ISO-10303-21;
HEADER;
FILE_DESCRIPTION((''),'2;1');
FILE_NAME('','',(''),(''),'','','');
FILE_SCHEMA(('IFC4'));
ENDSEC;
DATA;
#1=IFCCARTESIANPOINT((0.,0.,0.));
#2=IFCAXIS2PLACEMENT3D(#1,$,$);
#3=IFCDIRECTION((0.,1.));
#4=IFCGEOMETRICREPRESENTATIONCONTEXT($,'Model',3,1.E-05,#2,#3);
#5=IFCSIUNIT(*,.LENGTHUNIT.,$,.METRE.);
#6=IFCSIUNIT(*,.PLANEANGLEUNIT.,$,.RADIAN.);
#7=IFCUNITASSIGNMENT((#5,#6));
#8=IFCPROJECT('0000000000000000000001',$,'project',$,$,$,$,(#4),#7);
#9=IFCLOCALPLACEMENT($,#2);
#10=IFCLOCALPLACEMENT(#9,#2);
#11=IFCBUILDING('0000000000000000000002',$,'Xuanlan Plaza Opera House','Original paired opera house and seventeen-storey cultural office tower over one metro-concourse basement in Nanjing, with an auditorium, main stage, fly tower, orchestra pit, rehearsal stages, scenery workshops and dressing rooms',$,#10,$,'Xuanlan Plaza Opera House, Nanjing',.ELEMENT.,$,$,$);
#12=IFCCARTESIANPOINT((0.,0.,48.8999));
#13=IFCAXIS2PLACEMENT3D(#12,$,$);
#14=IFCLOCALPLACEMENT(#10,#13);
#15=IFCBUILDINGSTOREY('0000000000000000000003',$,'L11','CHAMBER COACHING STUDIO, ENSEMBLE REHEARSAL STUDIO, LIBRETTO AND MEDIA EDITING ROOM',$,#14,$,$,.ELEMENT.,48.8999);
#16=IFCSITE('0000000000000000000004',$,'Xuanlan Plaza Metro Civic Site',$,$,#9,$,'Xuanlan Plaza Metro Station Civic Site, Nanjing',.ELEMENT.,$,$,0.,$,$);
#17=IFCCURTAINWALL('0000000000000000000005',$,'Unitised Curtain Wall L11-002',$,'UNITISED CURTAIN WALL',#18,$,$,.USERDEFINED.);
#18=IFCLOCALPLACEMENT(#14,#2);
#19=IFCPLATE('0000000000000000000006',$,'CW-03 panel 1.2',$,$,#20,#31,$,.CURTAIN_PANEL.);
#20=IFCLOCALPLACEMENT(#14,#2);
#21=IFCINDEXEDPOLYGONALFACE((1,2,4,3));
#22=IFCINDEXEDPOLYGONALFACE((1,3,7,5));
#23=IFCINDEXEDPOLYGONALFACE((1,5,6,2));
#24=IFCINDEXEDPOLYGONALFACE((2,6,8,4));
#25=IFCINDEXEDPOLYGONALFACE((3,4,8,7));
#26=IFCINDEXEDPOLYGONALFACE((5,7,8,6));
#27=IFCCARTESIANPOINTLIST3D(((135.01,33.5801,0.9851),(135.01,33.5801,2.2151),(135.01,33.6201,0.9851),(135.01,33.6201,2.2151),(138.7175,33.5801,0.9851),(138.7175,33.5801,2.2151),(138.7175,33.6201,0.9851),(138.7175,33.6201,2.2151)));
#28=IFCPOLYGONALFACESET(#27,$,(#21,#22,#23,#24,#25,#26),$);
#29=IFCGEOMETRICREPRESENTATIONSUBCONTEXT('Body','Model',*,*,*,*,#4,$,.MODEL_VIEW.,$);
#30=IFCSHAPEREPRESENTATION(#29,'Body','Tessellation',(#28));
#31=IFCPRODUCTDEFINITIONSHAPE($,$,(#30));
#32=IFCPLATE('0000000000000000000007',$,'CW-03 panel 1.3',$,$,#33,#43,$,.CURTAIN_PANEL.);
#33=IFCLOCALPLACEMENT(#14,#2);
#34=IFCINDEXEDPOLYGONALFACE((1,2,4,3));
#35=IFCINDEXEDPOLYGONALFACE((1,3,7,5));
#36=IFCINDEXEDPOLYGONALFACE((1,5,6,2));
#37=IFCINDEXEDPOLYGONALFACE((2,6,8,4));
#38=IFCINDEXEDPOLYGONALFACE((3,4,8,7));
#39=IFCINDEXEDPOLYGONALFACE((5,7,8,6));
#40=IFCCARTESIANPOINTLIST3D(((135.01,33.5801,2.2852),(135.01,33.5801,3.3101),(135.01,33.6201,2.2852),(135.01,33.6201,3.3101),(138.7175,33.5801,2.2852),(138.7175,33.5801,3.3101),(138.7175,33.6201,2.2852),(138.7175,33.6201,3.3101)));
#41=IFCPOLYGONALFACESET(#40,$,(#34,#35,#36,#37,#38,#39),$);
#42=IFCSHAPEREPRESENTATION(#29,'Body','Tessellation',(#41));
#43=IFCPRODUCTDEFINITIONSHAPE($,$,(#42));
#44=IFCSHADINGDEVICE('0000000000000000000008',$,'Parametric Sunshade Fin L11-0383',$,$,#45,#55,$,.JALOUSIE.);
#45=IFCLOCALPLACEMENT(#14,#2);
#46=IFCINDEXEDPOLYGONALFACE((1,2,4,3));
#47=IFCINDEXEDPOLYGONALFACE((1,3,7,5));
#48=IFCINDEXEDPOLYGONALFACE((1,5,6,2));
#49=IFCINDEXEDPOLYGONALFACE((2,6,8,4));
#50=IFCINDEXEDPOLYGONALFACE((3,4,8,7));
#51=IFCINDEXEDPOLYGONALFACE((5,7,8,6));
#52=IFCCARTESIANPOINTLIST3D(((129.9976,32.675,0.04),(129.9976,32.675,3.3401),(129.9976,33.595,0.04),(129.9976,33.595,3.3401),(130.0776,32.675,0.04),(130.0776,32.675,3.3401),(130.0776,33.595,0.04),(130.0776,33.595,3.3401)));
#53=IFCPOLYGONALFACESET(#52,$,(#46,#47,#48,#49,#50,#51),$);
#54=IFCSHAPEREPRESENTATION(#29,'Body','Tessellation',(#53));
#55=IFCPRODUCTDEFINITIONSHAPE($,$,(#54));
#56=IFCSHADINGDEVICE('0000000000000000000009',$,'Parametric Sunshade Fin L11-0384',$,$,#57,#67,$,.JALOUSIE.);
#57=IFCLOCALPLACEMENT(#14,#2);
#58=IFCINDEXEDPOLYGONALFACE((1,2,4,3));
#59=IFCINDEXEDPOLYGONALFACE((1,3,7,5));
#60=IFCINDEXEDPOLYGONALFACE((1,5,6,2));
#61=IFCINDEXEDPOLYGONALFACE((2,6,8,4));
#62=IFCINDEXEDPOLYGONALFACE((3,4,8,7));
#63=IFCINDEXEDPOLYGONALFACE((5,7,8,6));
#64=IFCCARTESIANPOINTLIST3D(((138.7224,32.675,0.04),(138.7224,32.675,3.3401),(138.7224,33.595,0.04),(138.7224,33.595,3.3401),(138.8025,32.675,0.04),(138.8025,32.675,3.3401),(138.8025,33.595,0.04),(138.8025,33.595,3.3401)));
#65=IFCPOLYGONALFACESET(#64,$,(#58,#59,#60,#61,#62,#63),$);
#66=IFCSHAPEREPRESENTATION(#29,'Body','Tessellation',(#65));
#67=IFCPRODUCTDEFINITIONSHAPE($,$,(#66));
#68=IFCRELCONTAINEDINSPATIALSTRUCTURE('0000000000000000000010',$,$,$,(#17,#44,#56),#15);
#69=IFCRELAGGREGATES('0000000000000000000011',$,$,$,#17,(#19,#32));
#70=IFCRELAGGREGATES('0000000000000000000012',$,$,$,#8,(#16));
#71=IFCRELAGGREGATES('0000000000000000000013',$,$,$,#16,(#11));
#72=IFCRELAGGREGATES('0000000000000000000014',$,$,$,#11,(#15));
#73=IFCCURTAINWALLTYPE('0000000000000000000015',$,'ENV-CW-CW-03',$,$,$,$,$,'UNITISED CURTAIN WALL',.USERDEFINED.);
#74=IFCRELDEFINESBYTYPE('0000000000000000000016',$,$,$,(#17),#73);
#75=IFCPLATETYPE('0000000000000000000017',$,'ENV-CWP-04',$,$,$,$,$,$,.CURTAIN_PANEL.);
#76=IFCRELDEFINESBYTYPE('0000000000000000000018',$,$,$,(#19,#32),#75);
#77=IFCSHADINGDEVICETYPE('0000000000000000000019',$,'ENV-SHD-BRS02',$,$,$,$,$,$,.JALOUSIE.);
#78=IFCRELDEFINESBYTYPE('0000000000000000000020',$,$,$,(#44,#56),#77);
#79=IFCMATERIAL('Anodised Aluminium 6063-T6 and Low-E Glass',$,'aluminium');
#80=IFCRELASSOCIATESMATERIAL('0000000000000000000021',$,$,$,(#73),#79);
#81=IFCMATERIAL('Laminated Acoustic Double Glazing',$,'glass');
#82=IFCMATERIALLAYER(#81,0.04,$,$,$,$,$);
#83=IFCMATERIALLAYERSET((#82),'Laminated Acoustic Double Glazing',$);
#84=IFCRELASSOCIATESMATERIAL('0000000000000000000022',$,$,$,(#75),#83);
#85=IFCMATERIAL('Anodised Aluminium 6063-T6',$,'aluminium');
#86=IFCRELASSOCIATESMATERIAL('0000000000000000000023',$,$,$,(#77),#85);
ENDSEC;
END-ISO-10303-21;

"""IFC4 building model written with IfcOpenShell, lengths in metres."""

from ifc_helpers import new_model, si_unit, direction, frame, origin, origin_2d, place, context, subcontext, project, spatial, rectangle, extrude, material, layer, layer_set, type_object, element, aggregate, save


model = new_model("IFC4")

# Units and contexts
model_context = context("Model", 3, precision=1e-05, world=origin(), true_north=direction((0.0, 1.0)))
body_context = subcontext(model_context, "Body", "Model", "MODEL_VIEW")
ifc_project = project(units=[si_unit("LENGTHUNIT", "METRE"), si_unit("PLANEANGLEUNIT", "RADIAN")], contexts=[model_context])

# Site, building, storey
site_placement = place(None, origin())
site = spatial("IfcSite", under=ifc_project, at=site_placement, Name="Xuanlan Plaza Metro Civic Site", LongName="Xuanlan Plaza Metro Station Civic Site, Nanjing", CompositionType="ELEMENT", RefElevation=0.0)
building_placement = place(site_placement, origin())
building = spatial("IfcBuilding", under=site, at=building_placement, Name="Xuanlan Plaza Opera House", Description="Original paired opera house and seventeen-storey cultural office tower over one metro-concourse basement in Nanjing, with an auditorium, main stage, fly tower, orchestra pit, rehearsal stages, scenery workshops and dressing rooms", LongName="Xuanlan Plaza Opera House, Nanjing", CompositionType="ELEMENT")
storey_placement = place(building_placement, frame((0.0, 0.0, 48.8999)))
storey = spatial("IfcBuildingStorey", under=building, at=storey_placement, Name="L11", Description="CHAMBER COACHING STUDIO, ENSEMBLE REHEARSAL STUDIO, LIBRETTO AND MEDIA EDITING ROOM", CompositionType="ELEMENT", Elevation=48.8999)

# Curtain wall
ifc_material_1 = material(Name="Anodised Aluminium 6063-T6 and Low-E Glass", Category="aluminium")
ifc_material_2 = material(Name="Anodised Aluminium 6063-T6", Category="aluminium")
curtain_wall_type_1 = type_object("IfcCurtainWallType", Name="ENV-CW-CW-03", ElementType="UNITISED CURTAIN WALL", PredefinedType="USERDEFINED", material=ifc_material_1)
curtain_wall_1_placement = place(storey_placement, origin())
curtain_wall_1 = element("IfcCurtainWall", 1, at=curtain_wall_1_placement, inside=storey, type_object=curtain_wall_type_1, Name="Unitised Curtain Wall L11-002", ObjectType="UNITISED CURTAIN WALL", PredefinedType="USERDEFINED")

# Plates
ifc_material_3 = material(Name="Laminated Acoustic Double Glazing", Category="glass")
ifc_layer_1 = layer(ifc_material_3, 0.04)
ifc_layer_set_1 = layer_set([ifc_layer_1], Name="Laminated Acoustic Double Glazing")
plate_type_1 = type_object("IfcPlateType", Name="ENV-CWP-04", PredefinedType="CURTAIN_PANEL", material=ifc_layer_set_1)
plate_1_placement = place(storey_placement, frame((136.8638, 33.6001, 0.9851), z_axis=(0.0, 0.0, 1.0), x_axis=(1.0, 0.0, 0.0)))
plate_1 = element("IfcPlate", 2, at=plate_1_placement, type_object=plate_type_1, Name="CW-03 panel 1.2", PredefinedType="CURTAIN_PANEL", context=body_context, shape_type="SweptSolid", body=[
    extrude(rectangle(XDim=3.7075, YDim=0.04, at=origin_2d()), origin(), (0.0, 0.0, 1.0), 1.23),
])
plate_2_placement = place(storey_placement, frame((136.8638, 33.6001, 2.2852), z_axis=(0.0, 0.0, 1.0), x_axis=(1.0, 0.0, 0.0)))
plate_2 = element("IfcPlate", 3, at=plate_2_placement, type_object=plate_type_1, Name="CW-03 panel 1.3", PredefinedType="CURTAIN_PANEL", context=body_context, shape_type="SweptSolid", body=[
    extrude(rectangle(XDim=3.7075, YDim=0.04, at=origin_2d()), origin(), (0.0, 0.0, 1.0), 1.0249),
])
aggregate(curtain_wall_1, [plate_1, plate_2])

# Shading devices
shading_device_type = type_object("IfcShadingDeviceType", Name="ENV-SHD-BRS02", PredefinedType="JALOUSIE", material=ifc_material_2)
for number, where, z_axis, x_axis, name in (
    (4, (130.0376, 33.135, 0.04), (0.0, 0.0, 1.0), (0.0, -1.0, 0.0), "Parametric Sunshade Fin L11-0383"),
    (5, (138.7625, 33.135, 0.04), (0.0, 0.0, 1.0), (0.0, -1.0, 0.0), "Parametric Sunshade Fin L11-0384"),
):
    element("IfcShadingDevice", number, at=place(storey_placement, frame(where, z_axis=z_axis, x_axis=x_axis)), inside=storey, type_object=shading_device_type, Name=name, PredefinedType="JALOUSIE", context=body_context, shape_type="SweptSolid", body=[
        extrude(rectangle(XDim=0.9199, YDim=0.0801, at=origin_2d()), origin(), (0.0, 0.0, 1.0), 3.3),
    ])

save(model, "model.ifc")
